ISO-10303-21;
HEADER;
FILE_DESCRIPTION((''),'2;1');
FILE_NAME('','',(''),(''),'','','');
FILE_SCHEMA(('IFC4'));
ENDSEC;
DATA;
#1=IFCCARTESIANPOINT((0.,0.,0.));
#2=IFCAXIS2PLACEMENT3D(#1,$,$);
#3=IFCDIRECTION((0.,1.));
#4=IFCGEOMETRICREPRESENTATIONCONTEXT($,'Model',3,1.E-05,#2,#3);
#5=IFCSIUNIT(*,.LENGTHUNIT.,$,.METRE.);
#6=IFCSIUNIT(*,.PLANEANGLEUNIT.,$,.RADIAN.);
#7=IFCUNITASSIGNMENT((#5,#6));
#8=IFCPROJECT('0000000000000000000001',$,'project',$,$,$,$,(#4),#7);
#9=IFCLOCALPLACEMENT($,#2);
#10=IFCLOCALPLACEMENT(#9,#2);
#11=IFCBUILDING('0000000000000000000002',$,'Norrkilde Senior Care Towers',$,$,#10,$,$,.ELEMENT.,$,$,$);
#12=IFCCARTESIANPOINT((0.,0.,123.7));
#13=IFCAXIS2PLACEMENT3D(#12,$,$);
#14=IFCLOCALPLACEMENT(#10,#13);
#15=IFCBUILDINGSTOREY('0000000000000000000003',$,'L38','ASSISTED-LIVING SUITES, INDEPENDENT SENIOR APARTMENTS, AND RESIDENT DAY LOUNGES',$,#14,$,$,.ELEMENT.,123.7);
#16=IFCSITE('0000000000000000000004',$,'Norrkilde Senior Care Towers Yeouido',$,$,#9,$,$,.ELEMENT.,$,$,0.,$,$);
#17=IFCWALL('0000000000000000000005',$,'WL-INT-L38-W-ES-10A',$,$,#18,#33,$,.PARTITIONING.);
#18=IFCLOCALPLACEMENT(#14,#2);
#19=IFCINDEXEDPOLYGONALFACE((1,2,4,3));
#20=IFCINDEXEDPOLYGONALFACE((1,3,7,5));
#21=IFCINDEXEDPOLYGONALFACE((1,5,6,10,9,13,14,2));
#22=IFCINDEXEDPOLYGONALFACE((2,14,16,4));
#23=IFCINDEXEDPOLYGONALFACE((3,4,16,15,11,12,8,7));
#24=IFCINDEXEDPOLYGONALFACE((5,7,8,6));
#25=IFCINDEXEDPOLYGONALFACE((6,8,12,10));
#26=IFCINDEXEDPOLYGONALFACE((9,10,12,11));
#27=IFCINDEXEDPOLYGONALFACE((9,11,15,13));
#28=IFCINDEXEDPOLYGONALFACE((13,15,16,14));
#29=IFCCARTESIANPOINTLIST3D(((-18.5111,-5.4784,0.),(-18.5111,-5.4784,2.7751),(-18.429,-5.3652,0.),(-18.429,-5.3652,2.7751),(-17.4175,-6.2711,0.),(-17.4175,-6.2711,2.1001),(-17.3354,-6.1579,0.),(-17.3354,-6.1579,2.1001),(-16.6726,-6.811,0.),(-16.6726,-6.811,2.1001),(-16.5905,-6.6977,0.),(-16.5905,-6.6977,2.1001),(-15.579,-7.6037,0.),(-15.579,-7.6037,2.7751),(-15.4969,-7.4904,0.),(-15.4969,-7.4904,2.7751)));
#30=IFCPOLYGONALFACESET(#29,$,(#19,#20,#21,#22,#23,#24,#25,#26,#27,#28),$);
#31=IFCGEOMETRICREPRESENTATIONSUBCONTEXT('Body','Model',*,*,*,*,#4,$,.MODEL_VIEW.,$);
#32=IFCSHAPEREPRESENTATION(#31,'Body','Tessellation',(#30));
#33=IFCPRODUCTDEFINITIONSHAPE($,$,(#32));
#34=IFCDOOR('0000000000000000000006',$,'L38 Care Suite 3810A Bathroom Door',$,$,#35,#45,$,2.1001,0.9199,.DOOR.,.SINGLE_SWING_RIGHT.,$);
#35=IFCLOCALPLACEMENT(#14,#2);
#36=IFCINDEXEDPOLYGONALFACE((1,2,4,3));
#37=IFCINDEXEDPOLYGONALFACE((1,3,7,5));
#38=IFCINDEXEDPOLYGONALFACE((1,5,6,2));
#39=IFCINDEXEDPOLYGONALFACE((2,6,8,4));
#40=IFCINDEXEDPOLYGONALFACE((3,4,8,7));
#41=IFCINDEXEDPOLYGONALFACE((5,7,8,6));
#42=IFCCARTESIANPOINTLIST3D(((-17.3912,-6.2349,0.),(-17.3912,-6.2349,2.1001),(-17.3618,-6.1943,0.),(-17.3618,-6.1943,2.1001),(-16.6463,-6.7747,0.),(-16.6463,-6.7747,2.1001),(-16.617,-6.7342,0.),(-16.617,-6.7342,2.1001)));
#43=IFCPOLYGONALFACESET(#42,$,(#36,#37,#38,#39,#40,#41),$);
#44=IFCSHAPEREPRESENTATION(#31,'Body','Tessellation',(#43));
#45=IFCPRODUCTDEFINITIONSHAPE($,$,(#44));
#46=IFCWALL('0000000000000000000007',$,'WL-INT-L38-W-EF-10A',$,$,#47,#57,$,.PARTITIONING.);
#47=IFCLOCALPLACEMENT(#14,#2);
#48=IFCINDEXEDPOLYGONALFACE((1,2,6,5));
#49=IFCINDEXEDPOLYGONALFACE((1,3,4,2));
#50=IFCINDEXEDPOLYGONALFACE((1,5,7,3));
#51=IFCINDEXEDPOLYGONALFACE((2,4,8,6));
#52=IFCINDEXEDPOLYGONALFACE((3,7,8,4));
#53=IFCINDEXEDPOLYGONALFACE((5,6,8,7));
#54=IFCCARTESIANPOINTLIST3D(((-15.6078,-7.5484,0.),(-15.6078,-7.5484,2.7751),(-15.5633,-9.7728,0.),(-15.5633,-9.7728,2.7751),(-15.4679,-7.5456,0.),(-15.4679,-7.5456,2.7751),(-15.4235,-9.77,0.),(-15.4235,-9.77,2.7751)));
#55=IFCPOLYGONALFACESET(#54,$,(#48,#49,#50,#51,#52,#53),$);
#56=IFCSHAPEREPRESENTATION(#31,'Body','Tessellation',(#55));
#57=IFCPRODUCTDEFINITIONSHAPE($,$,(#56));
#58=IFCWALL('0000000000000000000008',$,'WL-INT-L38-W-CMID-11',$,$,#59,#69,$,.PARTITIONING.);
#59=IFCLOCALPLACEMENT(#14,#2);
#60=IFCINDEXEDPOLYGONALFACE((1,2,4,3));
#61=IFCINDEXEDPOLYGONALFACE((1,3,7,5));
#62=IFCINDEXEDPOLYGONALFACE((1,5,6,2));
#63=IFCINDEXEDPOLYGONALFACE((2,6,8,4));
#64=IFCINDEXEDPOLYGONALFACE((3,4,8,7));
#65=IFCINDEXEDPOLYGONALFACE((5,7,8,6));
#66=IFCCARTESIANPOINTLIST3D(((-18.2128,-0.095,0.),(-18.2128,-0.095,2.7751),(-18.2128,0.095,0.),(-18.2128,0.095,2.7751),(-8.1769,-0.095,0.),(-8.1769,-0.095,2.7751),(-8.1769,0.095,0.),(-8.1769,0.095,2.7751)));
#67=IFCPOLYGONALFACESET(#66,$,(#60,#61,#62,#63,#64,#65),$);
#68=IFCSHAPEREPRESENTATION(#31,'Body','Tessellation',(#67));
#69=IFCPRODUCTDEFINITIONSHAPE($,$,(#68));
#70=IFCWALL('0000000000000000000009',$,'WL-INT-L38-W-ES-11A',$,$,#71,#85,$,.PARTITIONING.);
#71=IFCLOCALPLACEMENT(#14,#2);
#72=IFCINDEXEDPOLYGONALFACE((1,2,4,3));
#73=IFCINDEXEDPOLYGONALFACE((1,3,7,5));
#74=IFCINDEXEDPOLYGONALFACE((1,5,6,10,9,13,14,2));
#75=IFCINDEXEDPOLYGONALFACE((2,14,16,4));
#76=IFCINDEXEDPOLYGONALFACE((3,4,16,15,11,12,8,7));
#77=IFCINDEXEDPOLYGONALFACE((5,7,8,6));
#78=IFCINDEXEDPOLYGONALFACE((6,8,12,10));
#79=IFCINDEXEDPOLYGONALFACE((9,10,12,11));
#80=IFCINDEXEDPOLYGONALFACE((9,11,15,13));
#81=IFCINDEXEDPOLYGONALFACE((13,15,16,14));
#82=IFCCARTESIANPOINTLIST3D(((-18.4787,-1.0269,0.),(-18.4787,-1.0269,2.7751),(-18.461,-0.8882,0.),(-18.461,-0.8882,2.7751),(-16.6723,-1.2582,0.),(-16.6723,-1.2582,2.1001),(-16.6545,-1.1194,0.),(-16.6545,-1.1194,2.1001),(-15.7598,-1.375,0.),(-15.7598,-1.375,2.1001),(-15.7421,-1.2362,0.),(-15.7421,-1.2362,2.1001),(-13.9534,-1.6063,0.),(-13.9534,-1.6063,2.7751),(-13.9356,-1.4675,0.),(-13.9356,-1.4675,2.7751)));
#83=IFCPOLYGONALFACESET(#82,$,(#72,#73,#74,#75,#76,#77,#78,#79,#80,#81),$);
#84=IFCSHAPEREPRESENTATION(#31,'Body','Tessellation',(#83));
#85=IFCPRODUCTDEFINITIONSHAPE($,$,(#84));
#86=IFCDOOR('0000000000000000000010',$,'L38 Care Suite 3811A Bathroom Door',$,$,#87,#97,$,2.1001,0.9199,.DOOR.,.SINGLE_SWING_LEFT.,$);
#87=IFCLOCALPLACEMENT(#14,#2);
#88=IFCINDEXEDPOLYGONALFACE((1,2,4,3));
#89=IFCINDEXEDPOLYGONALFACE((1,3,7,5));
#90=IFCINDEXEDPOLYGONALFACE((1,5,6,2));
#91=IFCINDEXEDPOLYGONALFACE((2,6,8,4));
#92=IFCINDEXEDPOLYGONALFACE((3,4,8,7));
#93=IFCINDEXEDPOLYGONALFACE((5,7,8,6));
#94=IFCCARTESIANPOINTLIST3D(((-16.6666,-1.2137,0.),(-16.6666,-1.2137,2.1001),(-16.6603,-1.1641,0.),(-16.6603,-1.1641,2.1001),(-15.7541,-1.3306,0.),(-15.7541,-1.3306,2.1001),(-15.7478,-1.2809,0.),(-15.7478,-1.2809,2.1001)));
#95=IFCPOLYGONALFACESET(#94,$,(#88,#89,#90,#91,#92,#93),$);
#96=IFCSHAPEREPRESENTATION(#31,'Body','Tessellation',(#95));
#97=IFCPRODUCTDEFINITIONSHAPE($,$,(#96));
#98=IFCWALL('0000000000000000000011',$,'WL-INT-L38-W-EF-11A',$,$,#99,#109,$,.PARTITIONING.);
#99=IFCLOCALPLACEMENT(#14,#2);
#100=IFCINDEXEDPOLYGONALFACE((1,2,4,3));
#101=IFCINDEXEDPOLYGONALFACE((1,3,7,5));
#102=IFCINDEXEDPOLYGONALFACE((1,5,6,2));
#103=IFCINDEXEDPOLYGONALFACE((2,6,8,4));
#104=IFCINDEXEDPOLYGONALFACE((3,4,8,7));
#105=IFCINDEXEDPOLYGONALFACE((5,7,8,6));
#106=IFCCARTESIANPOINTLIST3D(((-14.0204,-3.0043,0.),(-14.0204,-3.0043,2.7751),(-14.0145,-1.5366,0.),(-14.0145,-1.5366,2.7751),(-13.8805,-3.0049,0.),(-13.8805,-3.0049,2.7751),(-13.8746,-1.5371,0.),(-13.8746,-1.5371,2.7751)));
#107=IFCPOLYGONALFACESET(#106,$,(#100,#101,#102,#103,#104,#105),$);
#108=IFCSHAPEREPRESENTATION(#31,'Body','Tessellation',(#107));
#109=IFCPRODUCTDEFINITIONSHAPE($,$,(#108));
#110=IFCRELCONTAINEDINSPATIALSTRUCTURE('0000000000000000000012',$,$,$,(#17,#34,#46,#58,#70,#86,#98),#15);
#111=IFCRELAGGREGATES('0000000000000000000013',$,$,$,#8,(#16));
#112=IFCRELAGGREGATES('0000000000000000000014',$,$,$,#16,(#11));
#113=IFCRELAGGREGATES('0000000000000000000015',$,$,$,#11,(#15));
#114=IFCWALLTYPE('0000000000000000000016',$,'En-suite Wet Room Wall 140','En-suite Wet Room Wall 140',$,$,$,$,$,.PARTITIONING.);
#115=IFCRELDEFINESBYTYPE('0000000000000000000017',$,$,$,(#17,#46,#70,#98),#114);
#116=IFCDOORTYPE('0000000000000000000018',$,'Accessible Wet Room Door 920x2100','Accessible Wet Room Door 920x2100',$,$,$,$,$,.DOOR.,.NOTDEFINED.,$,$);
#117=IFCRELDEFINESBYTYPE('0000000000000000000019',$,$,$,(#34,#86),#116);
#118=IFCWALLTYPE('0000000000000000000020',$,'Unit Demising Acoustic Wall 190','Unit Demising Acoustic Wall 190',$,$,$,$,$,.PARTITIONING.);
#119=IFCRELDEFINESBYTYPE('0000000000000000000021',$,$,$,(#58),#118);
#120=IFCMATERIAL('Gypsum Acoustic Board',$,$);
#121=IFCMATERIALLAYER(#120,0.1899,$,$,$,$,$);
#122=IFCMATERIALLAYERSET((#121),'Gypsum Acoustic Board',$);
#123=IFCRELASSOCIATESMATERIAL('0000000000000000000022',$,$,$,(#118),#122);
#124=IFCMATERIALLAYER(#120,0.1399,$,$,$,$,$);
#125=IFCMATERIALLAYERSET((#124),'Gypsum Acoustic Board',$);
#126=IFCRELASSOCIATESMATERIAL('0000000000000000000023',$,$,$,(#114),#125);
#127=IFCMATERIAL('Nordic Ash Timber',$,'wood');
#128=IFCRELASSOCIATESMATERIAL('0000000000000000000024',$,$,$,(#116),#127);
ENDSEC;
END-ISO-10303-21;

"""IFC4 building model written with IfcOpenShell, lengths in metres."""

from ifc_helpers import new_model, si_unit, direction, frame, frame_2d, origin, place, context, subcontext, project, spatial, rectangle, extrude, source, transform, mapped, material, layer, layer_set, type_object, type_shapes, element, fill, save


model = new_model("IFC4")

# Units and contexts
model_context = context("Model", 3, precision=1e-05, world=origin(), true_north=direction((0.0, 1.0)))
body_context = subcontext(model_context, "Body", "Model", "MODEL_VIEW")
ifc_project = project(units=[si_unit("LENGTHUNIT", "METRE"), si_unit("PLANEANGLEUNIT", "RADIAN")], contexts=[model_context])

# Site, building, storey
site_placement = place(None, origin())
site = spatial("IfcSite", under=ifc_project, at=site_placement, Name="Norrkilde Senior Care Towers Yeouido", CompositionType="ELEMENT", RefElevation=0.0)
building_placement = place(site_placement, origin())
building = spatial("IfcBuilding", under=site, at=building_placement, Name="Norrkilde Senior Care Towers", CompositionType="ELEMENT")
storey_placement = place(building_placement, frame((0.0, 0.0, 123.7)))
storey = spatial("IfcBuildingStorey", under=building, at=storey_placement, Name="L38", Description="ASSISTED-LIVING SUITES, INDEPENDENT SENIOR APARTMENTS, AND RESIDENT DAY LOUNGES", CompositionType="ELEMENT", Elevation=123.7)

# Shared definitions
ifc_material_1 = material(Name="Gypsum Acoustic Board")
ifc_layer_1 = layer(ifc_material_1, 0.1899)
ifc_layer_set_1 = layer_set([ifc_layer_1], Name="Gypsum Acoustic Board")
wall_type_1 = type_object("IfcWallType", Name="Unit Demising Acoustic Wall 190", Description="Unit Demising Acoustic Wall 190", PredefinedType="PARTITIONING", material=ifc_layer_set_1)

# Shared definitions
ifc_material_2 = material(Name="Nordic Ash Timber", Category="wood")

# Wall, opening, door
ifc_layer_2 = layer(ifc_material_1, 0.1399)
ifc_layer_set_2 = layer_set([ifc_layer_2], Name="Gypsum Acoustic Board")
wall_type_2 = type_object("IfcWallType", Name="En-suite Wet Room Wall 140", Description="En-suite Wet Room Wall 140", PredefinedType="PARTITIONING", material=ifc_layer_set_2)
shared_shape_1 = source(origin(), body_context, "Body", "SweptSolid", [
    extrude(rectangle(XDim=3.6213, YDim=0.1399, at=frame_2d((1.8105, 0.0))), origin(), (0.0, 0.0, 1.0), 2.7751),
])
wall_1_placement = place(storey_placement, frame((-18.47, -5.4219, 0.0), z_axis=(0.0, 0.0, 1.0), x_axis=(0.809683, -0.586868, 0.0)))
wall_1 = element("IfcWall", 1, at=wall_1_placement, inside=storey, type_object=wall_type_2, Name="WL-INT-L38-W-ES-10A", PredefinedType="PARTITIONING", context=body_context, shape_type="MappedRepresentation", body=[
    mapped(shared_shape_1, transform((0.0, 0.0, 0.0), x_axis=(1.0, 0.0, 0.0), y_axis=(0.0, 1.0, 0.0), z_axis=(0.0, 0.0, 1.0), scale=1.0)),
])
opening_1_placement = place(wall_1_placement, frame((1.3506, 0.0, 0.0)))
opening_1 = element("IfcOpeningElement", 2, at=opening_1_placement, cuts=wall_1, PredefinedType="OPENING", context=body_context, shape_type="SweptSolid", body=[
    extrude(rectangle(XDim=0.9199, YDim=2.1001, at=frame_2d((0.46, 1.05))), frame((0.0, 0.0798, 0.0), z_axis=(0.0, -1.0, 0.0), x_axis=(1.0, 0.0, 0.0)), (0.0, 0.0, 1.0), 0.1599),
])
door_type_1 = type_object("IfcDoorType", Name="Accessible Wet Room Door 920x2100", Description="Accessible Wet Room Door 920x2100", OperationType="NOTDEFINED", PredefinedType="DOOR", material=ifc_material_2)
shared_shape_2 = source(origin(), body_context, "Body", "SweptSolid", [
    extrude(rectangle(XDim=0.9199, YDim=2.1001, at=frame_2d((0.46, 1.05))), frame((0.0, 0.0249, 0.0), z_axis=(0.0, -1.0, 0.0), x_axis=(1.0, 0.0, 0.0)), (0.0, 0.0, 1.0), 0.05),
])
type_shapes(door_type_1, [shared_shape_2])
door_1_placement = place(opening_1_placement, origin())
door_1 = element("IfcDoor", 3, at=door_1_placement, inside=storey, type_object=door_type_1, Name="L38 Care Suite 3810A Bathroom Door", OperationType="SINGLE_SWING_RIGHT", OverallHeight=2.1001, OverallWidth=0.9199, PredefinedType="DOOR", context=body_context, shape_type="MappedRepresentation", body=[
    mapped(shared_shape_2, transform((0.0, 0.0, 0.0), x_axis=(1.0, 0.0, 0.0), y_axis=(0.0, 1.0, 0.0), z_axis=(0.0, 0.0, 1.0), scale=1.0)),
])
fill(opening_1, door_1)

# Walls
shared_shape_3 = source(origin(), body_context, "Body", "SweptSolid", [
    extrude(rectangle(XDim=2.2249, YDim=0.1399, at=frame_2d((1.1123, 0.0))), origin(), (0.0, 0.0, 1.0), 2.7751),
])
wall_2_placement = place(storey_placement, frame((-15.5378, -7.5471, 0.0), z_axis=(0.0, 0.0, 1.0), x_axis=(0.019972, -0.999801, 0.0)))
element("IfcWall", 4, at=wall_2_placement, inside=storey, type_object=wall_type_2, Name="WL-INT-L38-W-EF-10A", PredefinedType="PARTITIONING", context=body_context, shape_type="MappedRepresentation", body=[
    mapped(shared_shape_3, transform((0.0, 0.0, 0.0), x_axis=(1.0, 0.0, 0.0), y_axis=(0.0, 1.0, 0.0), z_axis=(0.0, 0.0, 1.0), scale=1.0)),
])
shared_shape_4 = source(origin(), body_context, "Body", "SweptSolid", [
    extrude(rectangle(XDim=10.0359, YDim=0.1899, at=frame_2d((5.0181, 0.0))), origin(), (0.0, 0.0, 1.0), 2.7751),
])
wall_3_placement = place(storey_placement, frame((-18.2129, 0.0, 0.0), z_axis=(0.0, 0.0, 1.0), x_axis=(1.0, 0.0, 0.0)))
element("IfcWall", 5, at=wall_3_placement, inside=storey, type_object=wall_type_1, Name="WL-INT-L38-W-CMID-11", PredefinedType="PARTITIONING", context=body_context, shape_type="MappedRepresentation", body=[
    mapped(shared_shape_4, transform((0.0, 0.0, 0.0), x_axis=(1.0, 0.0, 0.0), y_axis=(0.0, 1.0, 0.0), z_axis=(0.0, 0.0, 1.0), scale=1.0)),
])

# Wall, opening, door
shared_shape_5 = source(origin(), body_context, "Body", "SweptSolid", [
    extrude(rectangle(XDim=4.5623, YDim=0.1399, at=frame_2d((2.2812, 0.0))), origin(), (0.0, 0.0, 1.0), 2.7751),
])
wall_4_placement = place(storey_placement, frame((-18.47, -0.9575, 0.0), z_axis=(0.0, 0.0, 1.0), x_axis=(0.991905, -0.126985, 0.0)))
wall_4 = element("IfcWall", 6, at=wall_4_placement, inside=storey, type_object=wall_type_2, Name="WL-INT-L38-W-ES-11A", PredefinedType="PARTITIONING", context=body_context, shape_type="MappedRepresentation", body=[
    mapped(shared_shape_5, transform((0.0, 0.0, 0.0), x_axis=(1.0, 0.0, 0.0), y_axis=(0.0, 1.0, 0.0), z_axis=(0.0, 0.0, 1.0), scale=1.0)),
])
opening_2_placement = place(wall_4_placement, frame((1.8213, 0.0, 0.0)))
opening_2 = element("IfcOpeningElement", 7, at=opening_2_placement, cuts=wall_4, PredefinedType="OPENING", context=body_context, shape_type="SweptSolid", body=[
    extrude(rectangle(XDim=0.9199, YDim=2.1001, at=frame_2d((0.46, 1.05))), frame((0.0, 0.0798, 0.0), z_axis=(0.0, -1.0, 0.0), x_axis=(1.0, 0.0, 0.0)), (0.0, 0.0, 1.0), 0.1599),
])
door_2_placement = place(opening_2_placement, origin())
door_2 = element("IfcDoor", 8, at=door_2_placement, inside=storey, type_object=door_type_1, Name="L38 Care Suite 3811A Bathroom Door", OperationType="SINGLE_SWING_LEFT", OverallHeight=2.1001, OverallWidth=0.9199, PredefinedType="DOOR", context=body_context, shape_type="MappedRepresentation", body=[
    mapped(shared_shape_2, transform((0.0, 0.0, 0.0), x_axis=(1.0, 0.0, 0.0), y_axis=(0.0, 1.0, 0.0), z_axis=(0.0, 0.0, 1.0), scale=1.0)),
])
fill(opening_2, door_2)

# Wall
shared_shape_6 = source(origin(), body_context, "Body", "SweptSolid", [
    extrude(rectangle(XDim=1.4678, YDim=0.1399, at=frame_2d((0.7339, 0.0))), origin(), (0.0, 0.0, 1.0), 2.7751),
])
type_shapes(wall_type_2, [shared_shape_1, shared_shape_3, shared_shape_5, shared_shape_6])
wall_5_placement = place(storey_placement, frame((-13.9446, -1.5369, 0.0), z_axis=(0.0, 0.0, 1.0), x_axis=(-0.003992, -0.999992, 0.0)))
element("IfcWall", 9, at=wall_5_placement, inside=storey, type_object=wall_type_2, Name="WL-INT-L38-W-EF-11A", PredefinedType="PARTITIONING", context=body_context, shape_type="MappedRepresentation", body=[
    mapped(shared_shape_6, transform((0.0, 0.0, 0.0), x_axis=(1.0, 0.0, 0.0), y_axis=(0.0, 1.0, 0.0), z_axis=(0.0, 0.0, 1.0), scale=1.0)),
])

save(model, "model.ifc")
